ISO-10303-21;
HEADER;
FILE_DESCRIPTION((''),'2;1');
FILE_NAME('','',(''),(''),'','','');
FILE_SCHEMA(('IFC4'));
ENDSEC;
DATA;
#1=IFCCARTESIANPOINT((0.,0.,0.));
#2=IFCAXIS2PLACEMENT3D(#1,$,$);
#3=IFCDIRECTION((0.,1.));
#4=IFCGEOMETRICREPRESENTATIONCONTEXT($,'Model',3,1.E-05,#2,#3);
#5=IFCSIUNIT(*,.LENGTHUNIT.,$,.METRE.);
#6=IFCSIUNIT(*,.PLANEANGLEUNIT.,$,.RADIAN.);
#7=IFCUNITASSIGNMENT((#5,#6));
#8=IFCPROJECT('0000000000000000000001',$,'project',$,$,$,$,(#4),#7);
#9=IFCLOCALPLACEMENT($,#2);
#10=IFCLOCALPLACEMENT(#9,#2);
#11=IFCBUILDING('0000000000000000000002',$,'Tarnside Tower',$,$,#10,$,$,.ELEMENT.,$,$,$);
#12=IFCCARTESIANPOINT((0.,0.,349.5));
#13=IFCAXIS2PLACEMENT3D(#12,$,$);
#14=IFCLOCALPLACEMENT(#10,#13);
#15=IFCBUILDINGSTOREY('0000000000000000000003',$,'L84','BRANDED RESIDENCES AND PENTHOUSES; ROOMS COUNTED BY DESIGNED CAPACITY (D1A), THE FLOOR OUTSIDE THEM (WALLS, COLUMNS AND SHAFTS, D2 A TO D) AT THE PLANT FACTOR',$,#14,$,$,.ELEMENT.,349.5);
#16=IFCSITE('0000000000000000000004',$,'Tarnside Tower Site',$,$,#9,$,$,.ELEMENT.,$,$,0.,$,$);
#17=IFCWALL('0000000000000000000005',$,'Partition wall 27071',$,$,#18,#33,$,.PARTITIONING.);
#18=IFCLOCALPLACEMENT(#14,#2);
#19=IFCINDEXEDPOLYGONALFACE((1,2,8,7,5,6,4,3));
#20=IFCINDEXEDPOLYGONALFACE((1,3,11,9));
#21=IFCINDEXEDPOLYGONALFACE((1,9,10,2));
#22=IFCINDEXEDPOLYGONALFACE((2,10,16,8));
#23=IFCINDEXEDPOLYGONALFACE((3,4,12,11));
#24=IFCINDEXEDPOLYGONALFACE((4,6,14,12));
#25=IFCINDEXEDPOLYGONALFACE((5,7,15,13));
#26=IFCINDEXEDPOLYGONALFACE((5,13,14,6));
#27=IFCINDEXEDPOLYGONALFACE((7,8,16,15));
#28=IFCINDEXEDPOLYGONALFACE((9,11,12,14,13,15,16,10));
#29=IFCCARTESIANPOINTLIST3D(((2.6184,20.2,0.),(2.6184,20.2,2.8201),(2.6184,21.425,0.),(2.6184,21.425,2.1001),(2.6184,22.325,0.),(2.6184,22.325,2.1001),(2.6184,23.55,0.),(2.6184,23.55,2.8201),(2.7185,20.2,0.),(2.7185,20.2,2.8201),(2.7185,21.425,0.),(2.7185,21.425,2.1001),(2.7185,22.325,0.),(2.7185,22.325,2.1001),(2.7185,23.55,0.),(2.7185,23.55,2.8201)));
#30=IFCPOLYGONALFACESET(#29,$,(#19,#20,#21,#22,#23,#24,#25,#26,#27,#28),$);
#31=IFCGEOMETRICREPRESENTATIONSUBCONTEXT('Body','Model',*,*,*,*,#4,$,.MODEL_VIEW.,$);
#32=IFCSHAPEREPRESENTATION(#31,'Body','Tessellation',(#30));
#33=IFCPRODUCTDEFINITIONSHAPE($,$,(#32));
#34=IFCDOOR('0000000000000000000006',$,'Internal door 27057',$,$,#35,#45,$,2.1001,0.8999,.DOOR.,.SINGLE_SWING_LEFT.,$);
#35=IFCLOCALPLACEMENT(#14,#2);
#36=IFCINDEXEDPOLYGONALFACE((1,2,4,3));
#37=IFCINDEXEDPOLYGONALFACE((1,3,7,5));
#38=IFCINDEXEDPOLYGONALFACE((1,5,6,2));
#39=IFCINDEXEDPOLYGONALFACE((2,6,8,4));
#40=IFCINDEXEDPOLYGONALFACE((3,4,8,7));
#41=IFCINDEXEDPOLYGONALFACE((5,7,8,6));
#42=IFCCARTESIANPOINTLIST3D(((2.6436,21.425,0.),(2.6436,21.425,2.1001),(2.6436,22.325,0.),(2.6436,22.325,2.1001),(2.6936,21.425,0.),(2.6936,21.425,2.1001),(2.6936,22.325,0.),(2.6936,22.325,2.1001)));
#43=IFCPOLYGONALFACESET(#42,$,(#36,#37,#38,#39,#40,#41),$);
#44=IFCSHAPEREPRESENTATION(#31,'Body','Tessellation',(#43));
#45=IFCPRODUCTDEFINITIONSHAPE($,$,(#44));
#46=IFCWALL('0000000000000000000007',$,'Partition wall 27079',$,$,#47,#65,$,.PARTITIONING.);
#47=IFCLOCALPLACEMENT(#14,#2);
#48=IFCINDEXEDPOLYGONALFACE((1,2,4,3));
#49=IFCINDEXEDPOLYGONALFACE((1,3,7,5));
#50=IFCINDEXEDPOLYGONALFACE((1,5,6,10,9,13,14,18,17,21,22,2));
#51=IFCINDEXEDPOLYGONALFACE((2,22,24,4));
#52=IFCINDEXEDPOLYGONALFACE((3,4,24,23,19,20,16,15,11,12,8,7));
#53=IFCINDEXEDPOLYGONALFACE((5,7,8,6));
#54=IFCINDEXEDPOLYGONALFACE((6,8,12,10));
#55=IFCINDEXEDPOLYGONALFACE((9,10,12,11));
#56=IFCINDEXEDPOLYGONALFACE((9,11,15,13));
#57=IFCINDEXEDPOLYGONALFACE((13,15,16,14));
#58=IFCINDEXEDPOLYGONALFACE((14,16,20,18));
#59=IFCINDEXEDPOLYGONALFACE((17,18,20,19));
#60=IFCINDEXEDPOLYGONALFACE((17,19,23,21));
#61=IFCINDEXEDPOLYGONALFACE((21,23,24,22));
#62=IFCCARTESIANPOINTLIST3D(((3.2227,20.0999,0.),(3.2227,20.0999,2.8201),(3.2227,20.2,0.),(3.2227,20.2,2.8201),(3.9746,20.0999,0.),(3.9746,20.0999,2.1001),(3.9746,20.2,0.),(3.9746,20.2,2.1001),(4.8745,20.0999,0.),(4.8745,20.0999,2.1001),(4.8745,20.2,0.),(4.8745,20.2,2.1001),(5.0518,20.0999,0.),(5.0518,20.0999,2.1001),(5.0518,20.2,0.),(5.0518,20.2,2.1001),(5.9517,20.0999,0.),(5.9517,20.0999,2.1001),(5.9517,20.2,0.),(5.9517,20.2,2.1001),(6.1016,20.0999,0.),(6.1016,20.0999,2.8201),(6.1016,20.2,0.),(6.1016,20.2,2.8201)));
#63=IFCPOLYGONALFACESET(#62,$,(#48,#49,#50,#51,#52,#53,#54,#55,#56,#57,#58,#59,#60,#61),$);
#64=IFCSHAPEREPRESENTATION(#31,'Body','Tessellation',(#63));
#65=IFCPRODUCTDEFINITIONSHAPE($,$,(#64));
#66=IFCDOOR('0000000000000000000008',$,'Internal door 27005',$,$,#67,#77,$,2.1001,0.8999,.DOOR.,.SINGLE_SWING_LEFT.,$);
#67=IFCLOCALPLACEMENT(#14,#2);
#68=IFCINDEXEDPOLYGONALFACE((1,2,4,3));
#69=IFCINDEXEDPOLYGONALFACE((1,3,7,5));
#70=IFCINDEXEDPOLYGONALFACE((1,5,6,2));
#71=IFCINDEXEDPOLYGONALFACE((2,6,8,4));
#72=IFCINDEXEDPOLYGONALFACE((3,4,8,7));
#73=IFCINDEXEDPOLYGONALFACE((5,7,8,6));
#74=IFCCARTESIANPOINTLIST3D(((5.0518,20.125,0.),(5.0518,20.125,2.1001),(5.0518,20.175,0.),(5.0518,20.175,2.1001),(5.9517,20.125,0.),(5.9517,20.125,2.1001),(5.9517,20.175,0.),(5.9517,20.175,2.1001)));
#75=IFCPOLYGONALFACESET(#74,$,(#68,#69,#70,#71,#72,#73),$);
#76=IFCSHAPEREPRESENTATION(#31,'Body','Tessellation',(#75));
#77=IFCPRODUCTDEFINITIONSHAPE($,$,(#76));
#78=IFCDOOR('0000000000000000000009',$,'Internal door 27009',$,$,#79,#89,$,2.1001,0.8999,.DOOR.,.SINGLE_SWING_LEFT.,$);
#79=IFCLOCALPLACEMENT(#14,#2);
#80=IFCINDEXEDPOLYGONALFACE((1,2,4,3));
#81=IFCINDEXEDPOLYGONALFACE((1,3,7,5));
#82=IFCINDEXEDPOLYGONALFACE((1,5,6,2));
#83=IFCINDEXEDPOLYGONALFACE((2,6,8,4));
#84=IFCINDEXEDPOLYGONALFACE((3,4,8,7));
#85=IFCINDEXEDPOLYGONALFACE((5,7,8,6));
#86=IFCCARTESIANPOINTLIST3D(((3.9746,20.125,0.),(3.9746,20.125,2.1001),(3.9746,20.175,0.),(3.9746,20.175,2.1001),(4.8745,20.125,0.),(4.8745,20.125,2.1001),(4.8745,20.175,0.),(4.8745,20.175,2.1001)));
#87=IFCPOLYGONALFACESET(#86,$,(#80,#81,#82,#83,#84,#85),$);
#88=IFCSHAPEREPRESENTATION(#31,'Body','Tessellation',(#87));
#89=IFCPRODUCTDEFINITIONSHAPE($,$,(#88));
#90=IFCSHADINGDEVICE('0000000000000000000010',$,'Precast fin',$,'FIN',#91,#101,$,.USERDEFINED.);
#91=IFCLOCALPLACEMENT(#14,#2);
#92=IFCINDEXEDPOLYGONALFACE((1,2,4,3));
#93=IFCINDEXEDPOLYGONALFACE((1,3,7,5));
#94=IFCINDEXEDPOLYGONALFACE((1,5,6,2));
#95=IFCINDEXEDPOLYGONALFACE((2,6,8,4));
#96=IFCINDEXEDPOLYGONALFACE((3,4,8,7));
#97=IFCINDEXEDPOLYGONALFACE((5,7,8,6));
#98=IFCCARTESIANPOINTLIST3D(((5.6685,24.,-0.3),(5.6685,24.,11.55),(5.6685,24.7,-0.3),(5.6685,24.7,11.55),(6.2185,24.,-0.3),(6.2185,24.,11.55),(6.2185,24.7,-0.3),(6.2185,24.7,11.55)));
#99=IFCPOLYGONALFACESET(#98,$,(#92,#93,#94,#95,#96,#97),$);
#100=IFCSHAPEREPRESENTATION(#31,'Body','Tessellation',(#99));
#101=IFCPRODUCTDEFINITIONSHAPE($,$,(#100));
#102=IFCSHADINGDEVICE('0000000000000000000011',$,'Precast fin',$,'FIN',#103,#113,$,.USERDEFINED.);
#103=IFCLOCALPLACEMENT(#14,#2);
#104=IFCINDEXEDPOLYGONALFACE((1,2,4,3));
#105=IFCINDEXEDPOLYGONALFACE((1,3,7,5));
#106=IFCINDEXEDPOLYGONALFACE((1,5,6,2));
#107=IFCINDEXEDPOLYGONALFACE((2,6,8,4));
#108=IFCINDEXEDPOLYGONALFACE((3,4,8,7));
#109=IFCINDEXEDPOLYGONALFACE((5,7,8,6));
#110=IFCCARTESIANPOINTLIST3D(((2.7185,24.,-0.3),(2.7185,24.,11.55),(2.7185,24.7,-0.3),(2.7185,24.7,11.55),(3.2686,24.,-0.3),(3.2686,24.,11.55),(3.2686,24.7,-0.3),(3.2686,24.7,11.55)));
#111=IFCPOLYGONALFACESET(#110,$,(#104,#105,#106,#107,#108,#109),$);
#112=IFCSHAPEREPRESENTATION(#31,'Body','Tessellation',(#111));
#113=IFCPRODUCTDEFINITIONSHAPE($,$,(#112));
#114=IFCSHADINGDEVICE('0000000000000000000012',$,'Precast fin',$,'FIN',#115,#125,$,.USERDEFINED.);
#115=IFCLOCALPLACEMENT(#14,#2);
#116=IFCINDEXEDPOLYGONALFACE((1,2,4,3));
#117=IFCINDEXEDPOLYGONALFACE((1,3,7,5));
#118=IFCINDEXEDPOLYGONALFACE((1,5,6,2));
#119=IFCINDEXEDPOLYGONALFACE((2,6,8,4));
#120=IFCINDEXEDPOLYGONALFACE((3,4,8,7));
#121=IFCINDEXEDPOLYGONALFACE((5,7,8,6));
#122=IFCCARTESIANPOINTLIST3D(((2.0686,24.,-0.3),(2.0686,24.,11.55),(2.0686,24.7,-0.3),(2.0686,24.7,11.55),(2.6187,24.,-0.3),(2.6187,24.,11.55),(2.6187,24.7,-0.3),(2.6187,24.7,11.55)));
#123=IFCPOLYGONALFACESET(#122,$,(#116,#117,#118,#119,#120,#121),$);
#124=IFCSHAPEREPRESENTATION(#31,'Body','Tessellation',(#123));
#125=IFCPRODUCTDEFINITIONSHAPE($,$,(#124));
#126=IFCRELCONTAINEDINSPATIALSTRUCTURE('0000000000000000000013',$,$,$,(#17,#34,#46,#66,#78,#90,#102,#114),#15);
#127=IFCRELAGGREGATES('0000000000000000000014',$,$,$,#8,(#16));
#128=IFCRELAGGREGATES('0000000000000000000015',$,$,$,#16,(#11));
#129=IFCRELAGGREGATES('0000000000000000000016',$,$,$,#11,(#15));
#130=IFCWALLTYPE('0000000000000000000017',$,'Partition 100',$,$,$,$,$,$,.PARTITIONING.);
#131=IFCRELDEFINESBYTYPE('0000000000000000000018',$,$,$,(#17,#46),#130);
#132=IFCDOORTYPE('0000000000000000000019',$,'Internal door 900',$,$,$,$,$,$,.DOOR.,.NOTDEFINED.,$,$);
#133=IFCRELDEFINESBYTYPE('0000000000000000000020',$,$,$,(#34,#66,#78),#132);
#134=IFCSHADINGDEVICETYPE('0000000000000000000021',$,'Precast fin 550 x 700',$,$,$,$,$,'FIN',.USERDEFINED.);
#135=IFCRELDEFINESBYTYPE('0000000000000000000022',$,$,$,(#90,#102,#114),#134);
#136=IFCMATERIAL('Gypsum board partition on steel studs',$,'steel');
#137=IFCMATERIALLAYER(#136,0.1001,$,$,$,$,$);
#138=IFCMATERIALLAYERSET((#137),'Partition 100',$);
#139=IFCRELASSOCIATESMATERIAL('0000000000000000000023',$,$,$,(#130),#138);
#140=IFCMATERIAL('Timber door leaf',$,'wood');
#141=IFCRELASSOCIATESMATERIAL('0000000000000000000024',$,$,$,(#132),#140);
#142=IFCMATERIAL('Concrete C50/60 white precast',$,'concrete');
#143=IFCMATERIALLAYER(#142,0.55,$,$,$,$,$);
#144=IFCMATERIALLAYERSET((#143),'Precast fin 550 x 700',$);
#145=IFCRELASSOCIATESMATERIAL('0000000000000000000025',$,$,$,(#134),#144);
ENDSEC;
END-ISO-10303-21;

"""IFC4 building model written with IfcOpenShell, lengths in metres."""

from ifc_helpers import new_model, si_unit, direction, frame, frame_2d, origin, place, context, subcontext, project, spatial, polyline, rectangle, outline, extrude, material, layer, layer_set, type_object, element, fill, save


model = new_model("IFC4")

# Units and contexts
model_context = context("Model", 3, precision=1e-05, world=origin(), true_north=direction((0.0, 1.0)))
body_context = subcontext(model_context, "Body", "Model", "MODEL_VIEW")
ifc_project = project(units=[si_unit("LENGTHUNIT", "METRE"), si_unit("PLANEANGLEUNIT", "RADIAN")], contexts=[model_context])

# Site, building, storey
site_placement = place(None, origin())
site = spatial("IfcSite", under=ifc_project, at=site_placement, Name="Tarnside Tower Site", CompositionType="ELEMENT", RefElevation=0.0)
building_placement = place(site_placement, origin())
building = spatial("IfcBuilding", under=site, at=building_placement, Name="Tarnside Tower", CompositionType="ELEMENT")
storey_placement = place(building_placement, frame((0.0, 0.0, 349.5)))
storey = spatial("IfcBuildingStorey", under=building, at=storey_placement, Name="L84", Description="BRANDED RESIDENCES AND PENTHOUSES; ROOMS COUNTED BY DESIGNED CAPACITY (D1A), THE FLOOR OUTSIDE THEM (WALLS, COLUMNS AND SHAFTS, D2 A TO D) AT THE PLANT FACTOR", CompositionType="ELEMENT", Elevation=349.5)

# Shared definitions
ifc_material_1 = material(Name="Gypsum board partition on steel studs", Category="steel")

# Shared definitions
ifc_material_2 = material(Name="Timber door leaf", Category="wood")

# Wall, opening, door
ifc_layer_1 = layer(ifc_material_1, 0.1001)
ifc_layer_set_1 = layer_set([ifc_layer_1], Name="Partition 100")
wall_type_1 = type_object("IfcWallType", Name="Partition 100", PredefinedType="PARTITIONING", material=ifc_layer_set_1)
wall_1_placement = place(storey_placement, frame((2.6685, 20.2, 0.0), z_axis=(0.0, 0.0, 1.0), x_axis=(0.0, 1.0, 0.0)))
wall_1 = element("IfcWall", 1, at=wall_1_placement, inside=storey, type_object=wall_type_1, Name="Partition wall 27071", PredefinedType="PARTITIONING", context=body_context, shape_type="SweptSolid", body=[
    extrude(rectangle(XDim=3.3501, YDim=0.1001, at=frame_2d((1.675, 0.0))), origin(), (0.0, 0.0, 1.0), 2.8201),
])
opening_1_placement = place(wall_1_placement, frame((1.2251, 0.0, 0.0)))
opening_1 = element("IfcOpeningElement", 2, at=opening_1_placement, cuts=wall_1, PredefinedType="OPENING", context=body_context, shape_type="SweptSolid", body=[
    extrude(rectangle(XDim=0.8999, YDim=2.1001, at=frame_2d((0.45, 1.05))), frame((0.0, 0.0601, 0.0), z_axis=(0.0, -1.0, 0.0), x_axis=(1.0, 0.0, 0.0)), (0.0, 0.0, 1.0), 0.1201),
])
door_type_1 = type_object("IfcDoorType", Name="Internal door 900", OperationType="NOTDEFINED", PredefinedType="DOOR", material=ifc_material_2)
door_1_placement = place(opening_1_placement, origin())
door_1 = element("IfcDoor", 3, at=door_1_placement, inside=storey, type_object=door_type_1, Name="Internal door 27057", OperationType="SINGLE_SWING_LEFT", OverallHeight=2.1001, OverallWidth=0.8999, PredefinedType="DOOR", context=body_context, shape_type="SweptSolid", body=[
    extrude(rectangle(XDim=0.8999, YDim=2.1001, at=frame_2d((0.45, 1.05))), frame((0.0, 0.0249, 0.0), z_axis=(0.0, -1.0, 0.0), x_axis=(1.0, 0.0, 0.0)), (0.0, 0.0, 1.0), 0.05),
])
fill(opening_1, door_1)

# Wall, openings, doors
wall_2_placement = place(storey_placement, frame((6.1016, 20.1499, 0.0), z_axis=(0.0, 0.0, 1.0), x_axis=(-1.0, 0.0, 0.0)))
wall_2 = element("IfcWall", 4, at=wall_2_placement, inside=storey, type_object=wall_type_1, Name="Partition wall 27079", PredefinedType="PARTITIONING", context=body_context, shape_type="SweptSolid", body=[
    extrude(rectangle(XDim=2.8789, YDim=0.1001, at=frame_2d((1.4395, 0.0))), origin(), (0.0, 0.0, 1.0), 2.8201),
])
opening_2_placement = place(wall_2_placement, frame((0.1499, 0.0, 0.0)))
opening_2 = element("IfcOpeningElement", 5, at=opening_2_placement, cuts=wall_2, PredefinedType="OPENING", context=body_context, shape_type="SweptSolid", body=[
    extrude(rectangle(XDim=0.8999, YDim=2.1001, at=frame_2d((0.45, 1.05))), frame((0.0, 0.0601, 0.0), z_axis=(0.0, -1.0, 0.0), x_axis=(1.0, 0.0, 0.0)), (0.0, 0.0, 1.0), 0.1201),
])
opening_3_placement = place(wall_2_placement, frame((1.2271, 0.0, 0.0)))
opening_3 = element("IfcOpeningElement", 6, at=opening_3_placement, cuts=wall_2, PredefinedType="OPENING", context=body_context, shape_type="SweptSolid", body=[
    extrude(rectangle(XDim=0.8999, YDim=2.1001, at=frame_2d((0.45, 1.05))), frame((0.0, 0.0601, 0.0), z_axis=(0.0, -1.0, 0.0), x_axis=(1.0, 0.0, 0.0)), (0.0, 0.0, 1.0), 0.1201),
])
door_2_placement = place(opening_2_placement, origin())
door_2 = element("IfcDoor", 7, at=door_2_placement, inside=storey, type_object=door_type_1, Name="Internal door 27005", OperationType="SINGLE_SWING_LEFT", OverallHeight=2.1001, OverallWidth=0.8999, PredefinedType="DOOR", context=body_context, shape_type="SweptSolid", body=[
    extrude(rectangle(XDim=0.8999, YDim=2.1001, at=frame_2d((0.45, 1.05))), frame((0.0, 0.0249, 0.0), z_axis=(0.0, -1.0, 0.0), x_axis=(1.0, 0.0, 0.0)), (0.0, 0.0, 1.0), 0.05),
])
fill(opening_2, door_2)
door_3_placement = place(opening_3_placement, origin())
door_3 = element("IfcDoor", 8, at=door_3_placement, inside=storey, type_object=door_type_1, Name="Internal door 27009", OperationType="SINGLE_SWING_LEFT", OverallHeight=2.1001, OverallWidth=0.8999, PredefinedType="DOOR", context=body_context, shape_type="SweptSolid", body=[
    extrude(rectangle(XDim=0.8999, YDim=2.1001, at=frame_2d((0.45, 1.05))), frame((0.0, 0.0249, 0.0), z_axis=(0.0, -1.0, 0.0), x_axis=(1.0, 0.0, 0.0)), (0.0, 0.0, 1.0), 0.05),
])
fill(opening_3, door_3)

# Shading devices
ifc_material_3 = material(Name="Concrete C50/60 white precast", Category="concrete")
ifc_layer_2 = layer(ifc_material_3, 0.55)
ifc_layer_set_2 = layer_set([ifc_layer_2], Name="Precast fin 550 x 700")
shading_device_type = type_object("IfcShadingDeviceType", Name="Precast fin 550 x 700", ElementType="FIN", PredefinedType="USERDEFINED", material=ifc_layer_set_2)
for number, where, z_axis, x_axis, name in (
    (9, (5.9434, 24.0, -0.3), (1.0, 0.0, 0.0), (0.0, 1.0, 0.0), "Precast fin"),
    (10, (2.9934, 24.0, -0.3), (1.0, 0.0, 0.0), (0.0, 1.0, 0.0), "Precast fin"),
    (11, (2.3435, 24.0, -0.3), (1.0, 0.0, 0.0), (0.0, 1.0, 0.0), "Precast fin"),
):
    element("IfcShadingDevice", number, at=place(storey_placement, frame(where, z_axis=z_axis, x_axis=x_axis)), inside=storey, type_object=shading_device_type, Name=name, ObjectType="FIN", PredefinedType="USERDEFINED", context=body_context, shape_type="SweptSolid", body=[
        extrude(outline(polyline([(0.0, 0.0), (0.7, 0.0), (0.7, 11.8501), (0.0, 11.8501), (0.0, 0.0)])), frame((0.0, 0.0, -0.2749)), (0.0, 0.0, 1.0), 0.55),
    ])

save(model, "model.ifc")
